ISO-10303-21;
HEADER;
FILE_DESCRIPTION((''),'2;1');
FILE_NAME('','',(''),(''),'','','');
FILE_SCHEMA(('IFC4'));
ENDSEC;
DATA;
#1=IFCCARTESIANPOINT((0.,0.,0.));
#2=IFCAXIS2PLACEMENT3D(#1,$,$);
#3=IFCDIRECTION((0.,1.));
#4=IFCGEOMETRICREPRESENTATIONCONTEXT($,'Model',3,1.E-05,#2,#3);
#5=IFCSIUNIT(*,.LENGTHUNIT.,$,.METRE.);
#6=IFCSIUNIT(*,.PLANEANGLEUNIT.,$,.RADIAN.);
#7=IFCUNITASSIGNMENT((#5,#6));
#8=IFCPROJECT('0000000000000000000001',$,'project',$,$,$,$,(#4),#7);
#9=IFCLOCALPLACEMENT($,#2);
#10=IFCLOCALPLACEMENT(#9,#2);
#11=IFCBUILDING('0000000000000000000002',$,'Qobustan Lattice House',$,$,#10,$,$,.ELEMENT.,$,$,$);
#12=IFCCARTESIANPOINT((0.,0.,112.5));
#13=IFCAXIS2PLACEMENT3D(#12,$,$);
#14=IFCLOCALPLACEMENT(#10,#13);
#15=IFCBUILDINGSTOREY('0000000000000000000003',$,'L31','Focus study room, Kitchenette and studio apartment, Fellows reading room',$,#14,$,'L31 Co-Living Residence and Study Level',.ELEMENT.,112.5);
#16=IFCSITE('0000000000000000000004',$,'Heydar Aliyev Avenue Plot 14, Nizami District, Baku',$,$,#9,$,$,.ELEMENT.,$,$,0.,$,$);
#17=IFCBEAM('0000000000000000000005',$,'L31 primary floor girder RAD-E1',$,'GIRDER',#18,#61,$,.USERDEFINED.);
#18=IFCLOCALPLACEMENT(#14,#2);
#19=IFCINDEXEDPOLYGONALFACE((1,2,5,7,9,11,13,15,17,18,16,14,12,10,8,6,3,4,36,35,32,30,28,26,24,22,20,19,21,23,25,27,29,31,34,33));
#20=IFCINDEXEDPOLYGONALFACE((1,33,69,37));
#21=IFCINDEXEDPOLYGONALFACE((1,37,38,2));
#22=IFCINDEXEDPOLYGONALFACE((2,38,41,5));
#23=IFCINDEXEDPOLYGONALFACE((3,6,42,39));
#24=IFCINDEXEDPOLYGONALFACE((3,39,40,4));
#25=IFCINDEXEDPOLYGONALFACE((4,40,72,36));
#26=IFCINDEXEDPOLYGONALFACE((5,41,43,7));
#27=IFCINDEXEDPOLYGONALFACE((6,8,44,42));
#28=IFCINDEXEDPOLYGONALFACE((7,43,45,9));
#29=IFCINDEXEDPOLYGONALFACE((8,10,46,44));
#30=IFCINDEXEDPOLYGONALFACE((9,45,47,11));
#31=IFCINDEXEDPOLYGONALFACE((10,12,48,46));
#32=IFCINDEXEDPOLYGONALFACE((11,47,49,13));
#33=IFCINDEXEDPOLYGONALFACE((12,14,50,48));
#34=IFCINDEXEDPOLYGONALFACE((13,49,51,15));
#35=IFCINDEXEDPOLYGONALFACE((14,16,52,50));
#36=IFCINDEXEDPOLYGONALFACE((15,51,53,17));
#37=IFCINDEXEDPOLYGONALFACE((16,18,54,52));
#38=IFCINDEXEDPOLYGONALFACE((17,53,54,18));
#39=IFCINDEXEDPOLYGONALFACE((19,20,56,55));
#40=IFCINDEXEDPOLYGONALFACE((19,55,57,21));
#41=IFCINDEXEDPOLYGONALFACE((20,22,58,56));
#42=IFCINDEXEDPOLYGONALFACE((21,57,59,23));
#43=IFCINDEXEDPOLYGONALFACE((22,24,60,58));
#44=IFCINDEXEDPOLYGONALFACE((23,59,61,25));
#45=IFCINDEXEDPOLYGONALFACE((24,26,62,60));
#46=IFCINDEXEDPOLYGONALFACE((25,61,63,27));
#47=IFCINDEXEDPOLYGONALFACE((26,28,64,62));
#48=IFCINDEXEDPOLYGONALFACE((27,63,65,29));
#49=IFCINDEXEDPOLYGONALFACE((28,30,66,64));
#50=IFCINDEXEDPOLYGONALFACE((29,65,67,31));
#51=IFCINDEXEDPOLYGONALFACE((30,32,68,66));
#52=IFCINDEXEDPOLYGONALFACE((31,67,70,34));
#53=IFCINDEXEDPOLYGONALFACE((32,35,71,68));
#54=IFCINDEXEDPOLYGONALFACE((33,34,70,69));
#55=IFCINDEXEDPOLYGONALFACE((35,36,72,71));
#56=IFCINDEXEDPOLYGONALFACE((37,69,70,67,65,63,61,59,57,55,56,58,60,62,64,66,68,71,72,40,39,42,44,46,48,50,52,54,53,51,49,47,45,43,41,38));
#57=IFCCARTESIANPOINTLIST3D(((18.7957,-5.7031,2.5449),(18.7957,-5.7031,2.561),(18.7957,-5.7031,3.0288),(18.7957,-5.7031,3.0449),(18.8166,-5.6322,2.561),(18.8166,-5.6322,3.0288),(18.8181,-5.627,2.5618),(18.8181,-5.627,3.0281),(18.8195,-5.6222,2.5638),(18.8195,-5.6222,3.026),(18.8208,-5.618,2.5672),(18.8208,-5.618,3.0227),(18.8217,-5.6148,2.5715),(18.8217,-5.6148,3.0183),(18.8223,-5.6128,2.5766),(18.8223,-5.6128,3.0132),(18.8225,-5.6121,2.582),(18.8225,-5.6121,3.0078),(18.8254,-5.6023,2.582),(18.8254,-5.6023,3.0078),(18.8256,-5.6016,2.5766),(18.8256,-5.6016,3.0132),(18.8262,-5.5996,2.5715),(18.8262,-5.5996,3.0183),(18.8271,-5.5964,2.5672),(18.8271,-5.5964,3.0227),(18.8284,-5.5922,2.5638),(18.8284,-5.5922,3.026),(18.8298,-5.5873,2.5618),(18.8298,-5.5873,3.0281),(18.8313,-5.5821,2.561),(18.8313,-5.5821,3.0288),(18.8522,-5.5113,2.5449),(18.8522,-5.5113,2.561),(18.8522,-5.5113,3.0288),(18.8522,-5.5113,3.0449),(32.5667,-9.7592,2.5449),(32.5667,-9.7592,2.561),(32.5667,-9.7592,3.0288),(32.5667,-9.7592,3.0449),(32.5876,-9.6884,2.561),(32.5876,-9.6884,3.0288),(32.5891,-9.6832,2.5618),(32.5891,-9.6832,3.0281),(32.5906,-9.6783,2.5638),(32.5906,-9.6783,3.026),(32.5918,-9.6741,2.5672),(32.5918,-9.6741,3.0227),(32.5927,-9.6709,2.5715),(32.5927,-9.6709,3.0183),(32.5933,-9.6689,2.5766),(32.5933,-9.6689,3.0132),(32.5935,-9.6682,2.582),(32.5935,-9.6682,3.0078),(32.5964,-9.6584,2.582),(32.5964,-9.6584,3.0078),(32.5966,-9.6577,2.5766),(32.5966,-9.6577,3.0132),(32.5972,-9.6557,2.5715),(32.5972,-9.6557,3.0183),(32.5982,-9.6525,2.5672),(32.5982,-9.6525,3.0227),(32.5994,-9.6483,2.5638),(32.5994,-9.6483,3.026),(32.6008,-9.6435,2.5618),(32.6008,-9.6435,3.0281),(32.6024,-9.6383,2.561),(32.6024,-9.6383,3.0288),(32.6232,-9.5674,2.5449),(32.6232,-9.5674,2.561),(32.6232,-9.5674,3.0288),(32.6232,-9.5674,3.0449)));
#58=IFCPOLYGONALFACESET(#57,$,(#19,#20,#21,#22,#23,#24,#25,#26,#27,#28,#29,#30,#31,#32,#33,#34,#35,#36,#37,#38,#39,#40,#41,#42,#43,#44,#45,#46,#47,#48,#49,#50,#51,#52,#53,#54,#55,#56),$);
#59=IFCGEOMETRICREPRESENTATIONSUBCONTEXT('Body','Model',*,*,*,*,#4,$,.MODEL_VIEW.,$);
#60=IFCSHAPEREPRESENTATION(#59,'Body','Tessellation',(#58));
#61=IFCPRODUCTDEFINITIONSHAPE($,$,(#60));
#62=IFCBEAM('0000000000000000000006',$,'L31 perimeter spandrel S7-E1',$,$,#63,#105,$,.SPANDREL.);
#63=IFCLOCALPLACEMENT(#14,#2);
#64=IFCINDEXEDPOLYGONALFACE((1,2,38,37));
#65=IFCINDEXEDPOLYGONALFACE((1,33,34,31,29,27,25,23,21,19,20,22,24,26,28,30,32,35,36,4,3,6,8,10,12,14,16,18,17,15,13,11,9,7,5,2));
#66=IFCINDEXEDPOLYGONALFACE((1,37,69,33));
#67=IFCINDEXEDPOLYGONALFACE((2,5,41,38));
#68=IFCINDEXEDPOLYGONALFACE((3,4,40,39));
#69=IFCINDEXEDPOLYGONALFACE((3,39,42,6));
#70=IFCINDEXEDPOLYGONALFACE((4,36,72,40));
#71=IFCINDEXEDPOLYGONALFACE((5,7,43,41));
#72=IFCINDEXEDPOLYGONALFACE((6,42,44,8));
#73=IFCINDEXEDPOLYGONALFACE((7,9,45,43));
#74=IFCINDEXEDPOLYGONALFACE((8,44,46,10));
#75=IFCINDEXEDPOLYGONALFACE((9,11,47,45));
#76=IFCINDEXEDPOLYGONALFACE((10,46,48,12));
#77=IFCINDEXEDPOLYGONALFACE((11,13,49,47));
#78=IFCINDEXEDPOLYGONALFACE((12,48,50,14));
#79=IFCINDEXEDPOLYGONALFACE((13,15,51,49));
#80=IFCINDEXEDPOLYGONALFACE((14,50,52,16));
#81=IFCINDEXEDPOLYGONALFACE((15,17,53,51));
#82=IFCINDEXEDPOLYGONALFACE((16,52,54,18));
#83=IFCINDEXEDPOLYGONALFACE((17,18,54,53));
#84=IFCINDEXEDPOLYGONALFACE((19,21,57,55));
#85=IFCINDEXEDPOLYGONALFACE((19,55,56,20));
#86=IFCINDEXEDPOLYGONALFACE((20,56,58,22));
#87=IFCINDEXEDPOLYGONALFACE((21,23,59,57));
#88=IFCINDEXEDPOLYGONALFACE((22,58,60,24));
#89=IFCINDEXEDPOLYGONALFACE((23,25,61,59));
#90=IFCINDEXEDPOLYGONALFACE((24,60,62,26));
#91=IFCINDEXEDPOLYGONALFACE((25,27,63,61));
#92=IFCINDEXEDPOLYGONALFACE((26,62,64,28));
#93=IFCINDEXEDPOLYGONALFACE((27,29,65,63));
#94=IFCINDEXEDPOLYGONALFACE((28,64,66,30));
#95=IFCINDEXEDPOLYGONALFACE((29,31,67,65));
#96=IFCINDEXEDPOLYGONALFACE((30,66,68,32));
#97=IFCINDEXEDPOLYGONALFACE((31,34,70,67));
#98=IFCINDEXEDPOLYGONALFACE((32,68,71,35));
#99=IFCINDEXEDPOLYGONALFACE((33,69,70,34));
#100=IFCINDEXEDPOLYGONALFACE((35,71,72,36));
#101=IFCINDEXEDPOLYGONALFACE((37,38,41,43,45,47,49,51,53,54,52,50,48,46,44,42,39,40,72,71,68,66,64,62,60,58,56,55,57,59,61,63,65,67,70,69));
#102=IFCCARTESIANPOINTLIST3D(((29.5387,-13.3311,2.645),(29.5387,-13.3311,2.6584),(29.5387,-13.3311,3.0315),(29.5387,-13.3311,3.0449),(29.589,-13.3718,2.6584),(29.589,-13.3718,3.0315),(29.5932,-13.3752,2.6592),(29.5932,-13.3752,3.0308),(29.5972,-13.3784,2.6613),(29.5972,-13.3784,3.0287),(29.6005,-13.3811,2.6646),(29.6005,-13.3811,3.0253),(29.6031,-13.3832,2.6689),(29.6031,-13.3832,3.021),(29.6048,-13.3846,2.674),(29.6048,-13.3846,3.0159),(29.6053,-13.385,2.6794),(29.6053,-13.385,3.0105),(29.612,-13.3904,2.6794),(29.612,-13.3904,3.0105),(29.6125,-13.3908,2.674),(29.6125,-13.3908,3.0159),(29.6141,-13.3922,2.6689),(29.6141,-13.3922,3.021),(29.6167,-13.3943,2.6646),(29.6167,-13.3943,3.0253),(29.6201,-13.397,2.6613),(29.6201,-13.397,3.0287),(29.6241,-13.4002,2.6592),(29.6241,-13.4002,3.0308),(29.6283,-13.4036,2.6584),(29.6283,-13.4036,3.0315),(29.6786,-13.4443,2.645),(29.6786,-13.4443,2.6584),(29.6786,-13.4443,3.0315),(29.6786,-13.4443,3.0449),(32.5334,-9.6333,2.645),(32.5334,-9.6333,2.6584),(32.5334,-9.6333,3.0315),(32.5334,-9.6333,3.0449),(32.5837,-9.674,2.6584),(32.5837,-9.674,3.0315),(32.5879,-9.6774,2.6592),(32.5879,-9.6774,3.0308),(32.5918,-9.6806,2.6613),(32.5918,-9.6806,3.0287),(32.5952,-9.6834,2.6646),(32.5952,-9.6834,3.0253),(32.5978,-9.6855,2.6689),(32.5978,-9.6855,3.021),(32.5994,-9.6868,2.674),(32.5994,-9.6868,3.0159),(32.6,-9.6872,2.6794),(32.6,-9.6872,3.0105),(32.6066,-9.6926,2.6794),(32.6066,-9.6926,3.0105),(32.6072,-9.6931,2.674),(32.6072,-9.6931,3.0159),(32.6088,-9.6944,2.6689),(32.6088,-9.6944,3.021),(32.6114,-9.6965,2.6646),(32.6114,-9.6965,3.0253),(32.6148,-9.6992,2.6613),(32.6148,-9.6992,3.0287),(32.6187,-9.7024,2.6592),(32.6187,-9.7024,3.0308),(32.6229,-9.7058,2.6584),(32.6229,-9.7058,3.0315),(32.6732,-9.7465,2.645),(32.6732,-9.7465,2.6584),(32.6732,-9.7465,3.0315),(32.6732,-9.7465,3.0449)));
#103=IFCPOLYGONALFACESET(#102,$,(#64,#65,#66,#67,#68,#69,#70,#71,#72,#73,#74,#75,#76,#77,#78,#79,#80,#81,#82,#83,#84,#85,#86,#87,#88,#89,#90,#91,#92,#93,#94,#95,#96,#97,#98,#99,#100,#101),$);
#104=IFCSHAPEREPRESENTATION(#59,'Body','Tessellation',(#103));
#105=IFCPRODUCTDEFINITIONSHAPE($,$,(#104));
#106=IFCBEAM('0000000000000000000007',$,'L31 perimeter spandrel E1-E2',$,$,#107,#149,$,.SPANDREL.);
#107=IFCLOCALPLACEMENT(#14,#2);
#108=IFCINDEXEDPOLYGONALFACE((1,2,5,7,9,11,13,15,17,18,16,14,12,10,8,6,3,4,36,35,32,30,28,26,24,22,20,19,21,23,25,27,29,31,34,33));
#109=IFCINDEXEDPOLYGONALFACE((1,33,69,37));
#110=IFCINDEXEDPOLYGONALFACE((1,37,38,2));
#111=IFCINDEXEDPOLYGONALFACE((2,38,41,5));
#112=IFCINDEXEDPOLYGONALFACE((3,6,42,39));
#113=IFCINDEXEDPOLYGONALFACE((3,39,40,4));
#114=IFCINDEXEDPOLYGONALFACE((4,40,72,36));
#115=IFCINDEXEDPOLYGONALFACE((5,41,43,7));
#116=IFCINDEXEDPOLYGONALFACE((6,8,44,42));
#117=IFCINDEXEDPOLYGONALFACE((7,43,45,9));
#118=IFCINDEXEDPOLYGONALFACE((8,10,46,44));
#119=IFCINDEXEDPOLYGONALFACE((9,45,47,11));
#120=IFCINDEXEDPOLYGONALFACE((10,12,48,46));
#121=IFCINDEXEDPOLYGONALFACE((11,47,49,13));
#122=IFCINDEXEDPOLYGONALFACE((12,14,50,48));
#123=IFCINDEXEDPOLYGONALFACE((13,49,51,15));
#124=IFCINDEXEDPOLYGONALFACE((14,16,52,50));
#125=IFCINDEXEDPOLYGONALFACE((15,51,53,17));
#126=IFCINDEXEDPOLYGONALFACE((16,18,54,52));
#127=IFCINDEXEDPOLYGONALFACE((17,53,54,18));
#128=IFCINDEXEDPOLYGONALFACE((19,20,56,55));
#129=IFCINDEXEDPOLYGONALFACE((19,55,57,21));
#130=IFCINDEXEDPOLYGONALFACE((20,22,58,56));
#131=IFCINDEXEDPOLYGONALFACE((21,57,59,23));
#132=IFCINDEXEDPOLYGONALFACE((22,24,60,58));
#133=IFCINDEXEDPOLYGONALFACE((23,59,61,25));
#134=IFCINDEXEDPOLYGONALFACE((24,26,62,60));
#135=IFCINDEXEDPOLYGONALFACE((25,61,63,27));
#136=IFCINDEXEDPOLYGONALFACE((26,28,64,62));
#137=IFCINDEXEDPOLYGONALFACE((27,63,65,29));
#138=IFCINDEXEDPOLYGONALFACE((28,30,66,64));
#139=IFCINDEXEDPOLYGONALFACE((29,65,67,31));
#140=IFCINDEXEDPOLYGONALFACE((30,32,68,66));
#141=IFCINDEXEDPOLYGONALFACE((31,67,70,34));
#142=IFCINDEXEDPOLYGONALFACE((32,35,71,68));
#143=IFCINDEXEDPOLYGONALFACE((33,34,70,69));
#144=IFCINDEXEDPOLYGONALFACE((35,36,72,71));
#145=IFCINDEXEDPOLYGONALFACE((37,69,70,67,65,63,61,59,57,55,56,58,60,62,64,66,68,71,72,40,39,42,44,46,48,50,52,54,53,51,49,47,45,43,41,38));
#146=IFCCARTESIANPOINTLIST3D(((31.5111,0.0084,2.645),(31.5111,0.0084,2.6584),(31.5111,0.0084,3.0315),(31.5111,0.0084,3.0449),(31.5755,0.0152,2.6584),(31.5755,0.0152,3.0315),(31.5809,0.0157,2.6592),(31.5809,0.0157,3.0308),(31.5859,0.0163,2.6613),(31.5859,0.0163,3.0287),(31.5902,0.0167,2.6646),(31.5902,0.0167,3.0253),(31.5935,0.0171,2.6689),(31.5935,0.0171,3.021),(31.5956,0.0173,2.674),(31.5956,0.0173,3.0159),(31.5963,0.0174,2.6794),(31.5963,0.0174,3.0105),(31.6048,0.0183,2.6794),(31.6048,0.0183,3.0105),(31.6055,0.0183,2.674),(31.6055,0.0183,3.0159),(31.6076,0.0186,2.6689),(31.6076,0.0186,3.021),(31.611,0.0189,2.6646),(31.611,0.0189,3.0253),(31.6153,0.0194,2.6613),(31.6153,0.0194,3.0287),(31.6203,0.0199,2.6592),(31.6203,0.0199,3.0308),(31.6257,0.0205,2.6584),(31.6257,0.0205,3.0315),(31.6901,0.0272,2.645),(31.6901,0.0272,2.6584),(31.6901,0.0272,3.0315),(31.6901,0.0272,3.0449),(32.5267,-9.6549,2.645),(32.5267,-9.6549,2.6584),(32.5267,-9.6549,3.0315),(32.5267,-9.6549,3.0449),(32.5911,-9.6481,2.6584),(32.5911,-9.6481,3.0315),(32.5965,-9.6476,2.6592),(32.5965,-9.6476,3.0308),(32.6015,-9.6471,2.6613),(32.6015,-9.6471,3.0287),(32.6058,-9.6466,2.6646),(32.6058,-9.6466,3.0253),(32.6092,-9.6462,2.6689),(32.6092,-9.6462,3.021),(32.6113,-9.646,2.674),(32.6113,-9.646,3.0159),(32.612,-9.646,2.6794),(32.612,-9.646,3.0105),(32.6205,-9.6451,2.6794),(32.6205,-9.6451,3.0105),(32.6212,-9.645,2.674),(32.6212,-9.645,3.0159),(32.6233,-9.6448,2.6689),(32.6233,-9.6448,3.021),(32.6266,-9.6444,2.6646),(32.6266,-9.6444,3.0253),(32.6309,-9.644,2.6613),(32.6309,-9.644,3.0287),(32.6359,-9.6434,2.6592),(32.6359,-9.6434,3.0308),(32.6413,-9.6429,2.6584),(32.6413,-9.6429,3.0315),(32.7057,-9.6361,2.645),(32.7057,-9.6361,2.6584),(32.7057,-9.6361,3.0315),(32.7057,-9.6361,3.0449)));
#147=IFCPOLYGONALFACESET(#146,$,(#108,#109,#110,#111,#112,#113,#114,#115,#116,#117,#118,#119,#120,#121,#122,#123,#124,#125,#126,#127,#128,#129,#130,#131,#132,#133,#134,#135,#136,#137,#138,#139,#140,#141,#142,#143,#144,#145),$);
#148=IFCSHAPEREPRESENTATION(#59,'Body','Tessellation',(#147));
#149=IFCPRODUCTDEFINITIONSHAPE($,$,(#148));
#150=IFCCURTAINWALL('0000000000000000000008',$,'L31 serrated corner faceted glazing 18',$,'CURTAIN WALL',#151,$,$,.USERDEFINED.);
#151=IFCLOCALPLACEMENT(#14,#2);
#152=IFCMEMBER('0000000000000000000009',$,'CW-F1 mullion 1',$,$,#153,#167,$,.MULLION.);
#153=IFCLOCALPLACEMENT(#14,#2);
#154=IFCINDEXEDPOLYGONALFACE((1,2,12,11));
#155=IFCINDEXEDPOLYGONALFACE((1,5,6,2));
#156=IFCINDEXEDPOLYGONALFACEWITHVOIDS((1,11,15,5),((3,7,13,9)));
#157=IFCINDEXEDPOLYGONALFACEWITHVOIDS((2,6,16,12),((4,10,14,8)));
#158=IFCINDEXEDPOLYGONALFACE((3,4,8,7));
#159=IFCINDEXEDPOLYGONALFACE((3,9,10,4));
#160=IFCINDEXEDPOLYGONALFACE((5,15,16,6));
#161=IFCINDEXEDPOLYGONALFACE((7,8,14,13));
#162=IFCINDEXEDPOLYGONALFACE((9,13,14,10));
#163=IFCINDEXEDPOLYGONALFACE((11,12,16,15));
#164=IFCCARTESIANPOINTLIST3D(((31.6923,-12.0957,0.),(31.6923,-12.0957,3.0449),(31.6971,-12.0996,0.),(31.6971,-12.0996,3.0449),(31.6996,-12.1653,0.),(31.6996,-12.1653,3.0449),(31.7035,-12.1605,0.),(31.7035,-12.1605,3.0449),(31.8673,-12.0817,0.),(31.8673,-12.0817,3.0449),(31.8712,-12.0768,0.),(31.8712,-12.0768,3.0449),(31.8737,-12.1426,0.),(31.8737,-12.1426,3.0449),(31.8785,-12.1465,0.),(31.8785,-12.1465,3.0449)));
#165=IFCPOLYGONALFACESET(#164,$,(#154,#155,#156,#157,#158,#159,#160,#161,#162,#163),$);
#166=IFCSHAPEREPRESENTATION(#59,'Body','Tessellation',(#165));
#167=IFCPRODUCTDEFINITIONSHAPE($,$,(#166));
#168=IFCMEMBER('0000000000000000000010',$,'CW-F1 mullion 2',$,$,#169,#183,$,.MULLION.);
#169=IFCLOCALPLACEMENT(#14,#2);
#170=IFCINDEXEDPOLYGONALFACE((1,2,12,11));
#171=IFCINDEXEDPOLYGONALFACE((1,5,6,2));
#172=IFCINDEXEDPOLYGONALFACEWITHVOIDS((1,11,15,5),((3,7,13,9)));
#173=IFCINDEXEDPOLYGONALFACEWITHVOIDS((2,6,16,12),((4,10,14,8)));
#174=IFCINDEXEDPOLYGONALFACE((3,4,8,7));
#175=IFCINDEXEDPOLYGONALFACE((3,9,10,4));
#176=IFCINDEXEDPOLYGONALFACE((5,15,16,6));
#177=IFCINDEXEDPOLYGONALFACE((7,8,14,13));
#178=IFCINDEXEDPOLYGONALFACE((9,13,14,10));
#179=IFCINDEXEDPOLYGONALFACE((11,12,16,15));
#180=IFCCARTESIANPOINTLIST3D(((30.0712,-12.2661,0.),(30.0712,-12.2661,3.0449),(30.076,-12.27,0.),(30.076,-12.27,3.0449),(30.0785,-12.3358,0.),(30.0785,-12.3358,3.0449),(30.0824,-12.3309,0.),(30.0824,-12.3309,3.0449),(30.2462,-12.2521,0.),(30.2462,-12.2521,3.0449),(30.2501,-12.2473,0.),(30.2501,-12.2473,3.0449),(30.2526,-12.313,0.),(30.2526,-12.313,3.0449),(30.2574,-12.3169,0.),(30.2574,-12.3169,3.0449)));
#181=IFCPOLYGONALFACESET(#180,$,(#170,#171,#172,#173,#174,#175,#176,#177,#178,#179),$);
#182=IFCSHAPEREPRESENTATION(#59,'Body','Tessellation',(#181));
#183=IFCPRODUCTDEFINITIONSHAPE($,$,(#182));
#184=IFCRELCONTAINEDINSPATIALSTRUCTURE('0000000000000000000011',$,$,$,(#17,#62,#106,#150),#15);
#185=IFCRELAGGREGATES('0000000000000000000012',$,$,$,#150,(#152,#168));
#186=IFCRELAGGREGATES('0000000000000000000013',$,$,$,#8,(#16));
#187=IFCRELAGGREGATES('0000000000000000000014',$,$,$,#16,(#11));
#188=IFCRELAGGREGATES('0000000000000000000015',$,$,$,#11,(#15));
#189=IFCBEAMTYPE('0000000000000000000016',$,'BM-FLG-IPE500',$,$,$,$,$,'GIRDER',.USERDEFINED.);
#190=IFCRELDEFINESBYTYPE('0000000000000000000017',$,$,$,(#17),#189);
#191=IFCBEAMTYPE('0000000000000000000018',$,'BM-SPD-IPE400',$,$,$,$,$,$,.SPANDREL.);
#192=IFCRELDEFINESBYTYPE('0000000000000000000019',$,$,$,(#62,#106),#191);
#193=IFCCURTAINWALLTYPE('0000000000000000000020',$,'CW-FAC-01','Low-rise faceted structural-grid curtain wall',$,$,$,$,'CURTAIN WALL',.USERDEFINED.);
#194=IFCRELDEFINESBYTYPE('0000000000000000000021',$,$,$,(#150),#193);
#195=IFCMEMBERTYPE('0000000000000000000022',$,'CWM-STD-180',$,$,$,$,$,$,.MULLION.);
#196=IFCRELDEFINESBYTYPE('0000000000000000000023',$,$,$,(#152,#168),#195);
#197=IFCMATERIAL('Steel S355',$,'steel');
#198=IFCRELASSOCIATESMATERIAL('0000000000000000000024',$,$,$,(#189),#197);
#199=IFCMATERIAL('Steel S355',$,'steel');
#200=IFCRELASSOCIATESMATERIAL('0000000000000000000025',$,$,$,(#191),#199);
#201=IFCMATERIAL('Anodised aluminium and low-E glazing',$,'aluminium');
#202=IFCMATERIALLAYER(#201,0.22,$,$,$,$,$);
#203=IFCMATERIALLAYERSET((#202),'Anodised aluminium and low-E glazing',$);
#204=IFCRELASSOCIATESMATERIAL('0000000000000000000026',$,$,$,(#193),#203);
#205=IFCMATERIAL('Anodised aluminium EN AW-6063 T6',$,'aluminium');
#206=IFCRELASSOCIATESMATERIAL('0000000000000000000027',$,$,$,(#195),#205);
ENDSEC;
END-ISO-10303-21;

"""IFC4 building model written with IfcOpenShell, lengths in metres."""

from ifc_helpers import new_model, si_unit, direction, frame, origin, origin_2d, place, context, subcontext, project, spatial, hollow_rectangle, i_section, extrude, material, layer, layer_set, material_profile, profile_set, type_object, element, aggregate, save


model = new_model("IFC4")

# Units and contexts
model_context = context("Model", 3, precision=1e-05, world=origin(), true_north=direction((0.0, 1.0)))
body_context = subcontext(model_context, "Body", "Model", "MODEL_VIEW")
ifc_project = project(units=[si_unit("LENGTHUNIT", "METRE"), si_unit("PLANEANGLEUNIT", "RADIAN")], contexts=[model_context])

# Site, building, storey
site_placement = place(None, origin())
site = spatial("IfcSite", under=ifc_project, at=site_placement, Name="Heydar Aliyev Avenue Plot 14, Nizami District, Baku", CompositionType="ELEMENT", RefElevation=0.0)
building_placement = place(site_placement, origin())
building = spatial("IfcBuilding", under=site, at=building_placement, Name="Qobustan Lattice House", CompositionType="ELEMENT")
storey_placement = place(building_placement, frame((0.0, 0.0, 112.5)))
storey = spatial("IfcBuildingStorey", under=building, at=storey_placement, Name="L31", Description="Focus study room, Kitchenette and studio apartment, Fellows reading room", LongName="L31 Co-Living Residence and Study Level", CompositionType="ELEMENT", Elevation=112.5)

# Beams
ifc_material_1 = material(Name="Steel S355", Category="steel")
ifc_material_profile_1 = material_profile(ifc_material_1, i_section(OverallWidth=0.2, OverallDepth=0.5, WebThickness=0.0103, FlangeThickness=0.0161, FilletRadius=0.021, at=origin_2d()), Name="IPE500")
ifc_profile_set_1 = profile_set([ifc_material_profile_1], Name="Steel S355")
beam_type_1 = type_object("IfcBeamType", Name="BM-FLG-IPE500", ElementType="GIRDER", PredefinedType="USERDEFINED", material=ifc_profile_set_1)
beam_1_placement = place(storey_placement, frame((32.595, -9.6633, 2.7949), z_axis=(-0.959255, 0.282542, 0.0), x_axis=(-0.282542, -0.959255, 0.0)))
element("IfcBeam", 1, at=beam_1_placement, inside=storey, type_object=beam_type_1, Name="L31 primary floor girder RAD-E1", ObjectType="GIRDER", PredefinedType="USERDEFINED", context=body_context, shape_type="SweptSolid", body=[
    extrude(i_section(OverallWidth=0.2, OverallDepth=0.5, WebThickness=0.0103, FlangeThickness=0.0161, FilletRadius=0.021, at=origin_2d()), origin(), (0.0, 0.0, 1.0), 14.356),
])
ifc_material_2 = material(Name="Steel S355", Category="steel")
ifc_material_profile_2 = material_profile(ifc_material_2, i_section(OverallWidth=0.1799, OverallDepth=0.3999, WebThickness=0.0085, FlangeThickness=0.0134, FilletRadius=0.021, at=origin_2d()), Name="IPE400")
ifc_profile_set_2 = profile_set([ifc_material_profile_2], Name="Steel S355")
beam_type_2 = type_object("IfcBeamType", Name="BM-SPD-IPE400", PredefinedType="SPANDREL", material=ifc_profile_set_2)
beam_2_placement = place(storey_placement, frame((29.6086, -13.3877, 2.845), z_axis=(0.629352, 0.777121, 0.0), x_axis=(-0.777121, 0.629352, 0.0)))
element("IfcBeam", 2, at=beam_2_placement, inside=storey, type_object=beam_type_2, Name="L31 perimeter spandrel S7-E1", PredefinedType="SPANDREL", context=body_context, shape_type="SweptSolid", body=[
    extrude(i_section(OverallWidth=0.1799, OverallDepth=0.3999, WebThickness=0.0085, FlangeThickness=0.0134, FilletRadius=0.021, at=origin_2d()), origin(), (0.0, 0.0, 1.0), 4.7583),
])
beam_3_placement = place(storey_placement, frame((32.6162, -9.6455, 2.845), z_axis=(-0.104525, 0.994522, 0.0), x_axis=(-0.994522, -0.104525, 0.0)))
element("IfcBeam", 3, at=beam_3_placement, inside=storey, type_object=beam_type_2, Name="L31 perimeter spandrel E1-E2", PredefinedType="SPANDREL", context=body_context, shape_type="SweptSolid", body=[
    extrude(i_section(OverallWidth=0.1799, OverallDepth=0.3999, WebThickness=0.0085, FlangeThickness=0.0134, FilletRadius=0.021, at=origin_2d()), origin(), (0.0, 0.0, 1.0), 9.7166),
])

# Curtain wall, members
ifc_material_3 = material(Name="Anodised aluminium and low-E glazing", Category="aluminium")
ifc_layer_1 = layer(ifc_material_3, 0.22)
ifc_layer_set_1 = layer_set([ifc_layer_1], Name="Anodised aluminium and low-E glazing")
curtain_wall_type = type_object("IfcCurtainWallType", Name="CW-FAC-01", Description="Low-rise faceted structural-grid curtain wall", ElementType="CURTAIN WALL", PredefinedType="USERDEFINED", material=ifc_layer_set_1)
curtain_wall_placement = place(storey_placement, origin())
curtain_wall = element("IfcCurtainWall", 4, at=curtain_wall_placement, inside=storey, type_object=curtain_wall_type, Name="L31 serrated corner faceted glazing 18", ObjectType="CURTAIN WALL", PredefinedType="USERDEFINED")
ifc_material_4 = material(Name="Anodised aluminium EN AW-6063 T6", Category="aluminium")
ifc_material_profile_3 = material_profile(ifc_material_4, hollow_rectangle(XDim=0.0701, YDim=0.1799, WallThickness=0.0044, at=origin_2d()), Name="CWM-180x70")
ifc_profile_set_3 = profile_set([ifc_material_profile_3], Name="Anodised aluminium EN AW-6063 T6")
member_type_1 = type_object("IfcMemberType", Name="CWM-STD-180", PredefinedType="MULLION", material=ifc_profile_set_3)
member_1_placement = place(storey_placement, frame((31.7854, -12.1211, 0.0), z_axis=(0.0, 0.0, 1.0), x_axis=(0.104529, -0.994522, 0.0)))
member_1 = element("IfcMember", 5, at=member_1_placement, type_object=member_type_1, Name="CW-F1 mullion 1", PredefinedType="MULLION", context=body_context, shape_type="SweptSolid", body=[
    extrude(hollow_rectangle(XDim=0.0701, YDim=0.1799, WallThickness=0.0044, at=origin_2d()), origin(), (0.0, 0.0, 1.0), 3.0449),
])
member_2_placement = place(storey_placement, frame((30.1643, -12.2915, 0.0), z_axis=(0.0, 0.0, 1.0), x_axis=(0.104529, -0.994522, 0.0)))
member_2 = element("IfcMember", 6, at=member_2_placement, type_object=member_type_1, Name="CW-F1 mullion 2", PredefinedType="MULLION", context=body_context, shape_type="SweptSolid", body=[
    extrude(hollow_rectangle(XDim=0.0701, YDim=0.1799, WallThickness=0.0044, at=origin_2d()), origin(), (0.0, 0.0, 1.0), 3.0449),
])
aggregate(curtain_wall, [member_1, member_2])

save(model, "model.ifc")
